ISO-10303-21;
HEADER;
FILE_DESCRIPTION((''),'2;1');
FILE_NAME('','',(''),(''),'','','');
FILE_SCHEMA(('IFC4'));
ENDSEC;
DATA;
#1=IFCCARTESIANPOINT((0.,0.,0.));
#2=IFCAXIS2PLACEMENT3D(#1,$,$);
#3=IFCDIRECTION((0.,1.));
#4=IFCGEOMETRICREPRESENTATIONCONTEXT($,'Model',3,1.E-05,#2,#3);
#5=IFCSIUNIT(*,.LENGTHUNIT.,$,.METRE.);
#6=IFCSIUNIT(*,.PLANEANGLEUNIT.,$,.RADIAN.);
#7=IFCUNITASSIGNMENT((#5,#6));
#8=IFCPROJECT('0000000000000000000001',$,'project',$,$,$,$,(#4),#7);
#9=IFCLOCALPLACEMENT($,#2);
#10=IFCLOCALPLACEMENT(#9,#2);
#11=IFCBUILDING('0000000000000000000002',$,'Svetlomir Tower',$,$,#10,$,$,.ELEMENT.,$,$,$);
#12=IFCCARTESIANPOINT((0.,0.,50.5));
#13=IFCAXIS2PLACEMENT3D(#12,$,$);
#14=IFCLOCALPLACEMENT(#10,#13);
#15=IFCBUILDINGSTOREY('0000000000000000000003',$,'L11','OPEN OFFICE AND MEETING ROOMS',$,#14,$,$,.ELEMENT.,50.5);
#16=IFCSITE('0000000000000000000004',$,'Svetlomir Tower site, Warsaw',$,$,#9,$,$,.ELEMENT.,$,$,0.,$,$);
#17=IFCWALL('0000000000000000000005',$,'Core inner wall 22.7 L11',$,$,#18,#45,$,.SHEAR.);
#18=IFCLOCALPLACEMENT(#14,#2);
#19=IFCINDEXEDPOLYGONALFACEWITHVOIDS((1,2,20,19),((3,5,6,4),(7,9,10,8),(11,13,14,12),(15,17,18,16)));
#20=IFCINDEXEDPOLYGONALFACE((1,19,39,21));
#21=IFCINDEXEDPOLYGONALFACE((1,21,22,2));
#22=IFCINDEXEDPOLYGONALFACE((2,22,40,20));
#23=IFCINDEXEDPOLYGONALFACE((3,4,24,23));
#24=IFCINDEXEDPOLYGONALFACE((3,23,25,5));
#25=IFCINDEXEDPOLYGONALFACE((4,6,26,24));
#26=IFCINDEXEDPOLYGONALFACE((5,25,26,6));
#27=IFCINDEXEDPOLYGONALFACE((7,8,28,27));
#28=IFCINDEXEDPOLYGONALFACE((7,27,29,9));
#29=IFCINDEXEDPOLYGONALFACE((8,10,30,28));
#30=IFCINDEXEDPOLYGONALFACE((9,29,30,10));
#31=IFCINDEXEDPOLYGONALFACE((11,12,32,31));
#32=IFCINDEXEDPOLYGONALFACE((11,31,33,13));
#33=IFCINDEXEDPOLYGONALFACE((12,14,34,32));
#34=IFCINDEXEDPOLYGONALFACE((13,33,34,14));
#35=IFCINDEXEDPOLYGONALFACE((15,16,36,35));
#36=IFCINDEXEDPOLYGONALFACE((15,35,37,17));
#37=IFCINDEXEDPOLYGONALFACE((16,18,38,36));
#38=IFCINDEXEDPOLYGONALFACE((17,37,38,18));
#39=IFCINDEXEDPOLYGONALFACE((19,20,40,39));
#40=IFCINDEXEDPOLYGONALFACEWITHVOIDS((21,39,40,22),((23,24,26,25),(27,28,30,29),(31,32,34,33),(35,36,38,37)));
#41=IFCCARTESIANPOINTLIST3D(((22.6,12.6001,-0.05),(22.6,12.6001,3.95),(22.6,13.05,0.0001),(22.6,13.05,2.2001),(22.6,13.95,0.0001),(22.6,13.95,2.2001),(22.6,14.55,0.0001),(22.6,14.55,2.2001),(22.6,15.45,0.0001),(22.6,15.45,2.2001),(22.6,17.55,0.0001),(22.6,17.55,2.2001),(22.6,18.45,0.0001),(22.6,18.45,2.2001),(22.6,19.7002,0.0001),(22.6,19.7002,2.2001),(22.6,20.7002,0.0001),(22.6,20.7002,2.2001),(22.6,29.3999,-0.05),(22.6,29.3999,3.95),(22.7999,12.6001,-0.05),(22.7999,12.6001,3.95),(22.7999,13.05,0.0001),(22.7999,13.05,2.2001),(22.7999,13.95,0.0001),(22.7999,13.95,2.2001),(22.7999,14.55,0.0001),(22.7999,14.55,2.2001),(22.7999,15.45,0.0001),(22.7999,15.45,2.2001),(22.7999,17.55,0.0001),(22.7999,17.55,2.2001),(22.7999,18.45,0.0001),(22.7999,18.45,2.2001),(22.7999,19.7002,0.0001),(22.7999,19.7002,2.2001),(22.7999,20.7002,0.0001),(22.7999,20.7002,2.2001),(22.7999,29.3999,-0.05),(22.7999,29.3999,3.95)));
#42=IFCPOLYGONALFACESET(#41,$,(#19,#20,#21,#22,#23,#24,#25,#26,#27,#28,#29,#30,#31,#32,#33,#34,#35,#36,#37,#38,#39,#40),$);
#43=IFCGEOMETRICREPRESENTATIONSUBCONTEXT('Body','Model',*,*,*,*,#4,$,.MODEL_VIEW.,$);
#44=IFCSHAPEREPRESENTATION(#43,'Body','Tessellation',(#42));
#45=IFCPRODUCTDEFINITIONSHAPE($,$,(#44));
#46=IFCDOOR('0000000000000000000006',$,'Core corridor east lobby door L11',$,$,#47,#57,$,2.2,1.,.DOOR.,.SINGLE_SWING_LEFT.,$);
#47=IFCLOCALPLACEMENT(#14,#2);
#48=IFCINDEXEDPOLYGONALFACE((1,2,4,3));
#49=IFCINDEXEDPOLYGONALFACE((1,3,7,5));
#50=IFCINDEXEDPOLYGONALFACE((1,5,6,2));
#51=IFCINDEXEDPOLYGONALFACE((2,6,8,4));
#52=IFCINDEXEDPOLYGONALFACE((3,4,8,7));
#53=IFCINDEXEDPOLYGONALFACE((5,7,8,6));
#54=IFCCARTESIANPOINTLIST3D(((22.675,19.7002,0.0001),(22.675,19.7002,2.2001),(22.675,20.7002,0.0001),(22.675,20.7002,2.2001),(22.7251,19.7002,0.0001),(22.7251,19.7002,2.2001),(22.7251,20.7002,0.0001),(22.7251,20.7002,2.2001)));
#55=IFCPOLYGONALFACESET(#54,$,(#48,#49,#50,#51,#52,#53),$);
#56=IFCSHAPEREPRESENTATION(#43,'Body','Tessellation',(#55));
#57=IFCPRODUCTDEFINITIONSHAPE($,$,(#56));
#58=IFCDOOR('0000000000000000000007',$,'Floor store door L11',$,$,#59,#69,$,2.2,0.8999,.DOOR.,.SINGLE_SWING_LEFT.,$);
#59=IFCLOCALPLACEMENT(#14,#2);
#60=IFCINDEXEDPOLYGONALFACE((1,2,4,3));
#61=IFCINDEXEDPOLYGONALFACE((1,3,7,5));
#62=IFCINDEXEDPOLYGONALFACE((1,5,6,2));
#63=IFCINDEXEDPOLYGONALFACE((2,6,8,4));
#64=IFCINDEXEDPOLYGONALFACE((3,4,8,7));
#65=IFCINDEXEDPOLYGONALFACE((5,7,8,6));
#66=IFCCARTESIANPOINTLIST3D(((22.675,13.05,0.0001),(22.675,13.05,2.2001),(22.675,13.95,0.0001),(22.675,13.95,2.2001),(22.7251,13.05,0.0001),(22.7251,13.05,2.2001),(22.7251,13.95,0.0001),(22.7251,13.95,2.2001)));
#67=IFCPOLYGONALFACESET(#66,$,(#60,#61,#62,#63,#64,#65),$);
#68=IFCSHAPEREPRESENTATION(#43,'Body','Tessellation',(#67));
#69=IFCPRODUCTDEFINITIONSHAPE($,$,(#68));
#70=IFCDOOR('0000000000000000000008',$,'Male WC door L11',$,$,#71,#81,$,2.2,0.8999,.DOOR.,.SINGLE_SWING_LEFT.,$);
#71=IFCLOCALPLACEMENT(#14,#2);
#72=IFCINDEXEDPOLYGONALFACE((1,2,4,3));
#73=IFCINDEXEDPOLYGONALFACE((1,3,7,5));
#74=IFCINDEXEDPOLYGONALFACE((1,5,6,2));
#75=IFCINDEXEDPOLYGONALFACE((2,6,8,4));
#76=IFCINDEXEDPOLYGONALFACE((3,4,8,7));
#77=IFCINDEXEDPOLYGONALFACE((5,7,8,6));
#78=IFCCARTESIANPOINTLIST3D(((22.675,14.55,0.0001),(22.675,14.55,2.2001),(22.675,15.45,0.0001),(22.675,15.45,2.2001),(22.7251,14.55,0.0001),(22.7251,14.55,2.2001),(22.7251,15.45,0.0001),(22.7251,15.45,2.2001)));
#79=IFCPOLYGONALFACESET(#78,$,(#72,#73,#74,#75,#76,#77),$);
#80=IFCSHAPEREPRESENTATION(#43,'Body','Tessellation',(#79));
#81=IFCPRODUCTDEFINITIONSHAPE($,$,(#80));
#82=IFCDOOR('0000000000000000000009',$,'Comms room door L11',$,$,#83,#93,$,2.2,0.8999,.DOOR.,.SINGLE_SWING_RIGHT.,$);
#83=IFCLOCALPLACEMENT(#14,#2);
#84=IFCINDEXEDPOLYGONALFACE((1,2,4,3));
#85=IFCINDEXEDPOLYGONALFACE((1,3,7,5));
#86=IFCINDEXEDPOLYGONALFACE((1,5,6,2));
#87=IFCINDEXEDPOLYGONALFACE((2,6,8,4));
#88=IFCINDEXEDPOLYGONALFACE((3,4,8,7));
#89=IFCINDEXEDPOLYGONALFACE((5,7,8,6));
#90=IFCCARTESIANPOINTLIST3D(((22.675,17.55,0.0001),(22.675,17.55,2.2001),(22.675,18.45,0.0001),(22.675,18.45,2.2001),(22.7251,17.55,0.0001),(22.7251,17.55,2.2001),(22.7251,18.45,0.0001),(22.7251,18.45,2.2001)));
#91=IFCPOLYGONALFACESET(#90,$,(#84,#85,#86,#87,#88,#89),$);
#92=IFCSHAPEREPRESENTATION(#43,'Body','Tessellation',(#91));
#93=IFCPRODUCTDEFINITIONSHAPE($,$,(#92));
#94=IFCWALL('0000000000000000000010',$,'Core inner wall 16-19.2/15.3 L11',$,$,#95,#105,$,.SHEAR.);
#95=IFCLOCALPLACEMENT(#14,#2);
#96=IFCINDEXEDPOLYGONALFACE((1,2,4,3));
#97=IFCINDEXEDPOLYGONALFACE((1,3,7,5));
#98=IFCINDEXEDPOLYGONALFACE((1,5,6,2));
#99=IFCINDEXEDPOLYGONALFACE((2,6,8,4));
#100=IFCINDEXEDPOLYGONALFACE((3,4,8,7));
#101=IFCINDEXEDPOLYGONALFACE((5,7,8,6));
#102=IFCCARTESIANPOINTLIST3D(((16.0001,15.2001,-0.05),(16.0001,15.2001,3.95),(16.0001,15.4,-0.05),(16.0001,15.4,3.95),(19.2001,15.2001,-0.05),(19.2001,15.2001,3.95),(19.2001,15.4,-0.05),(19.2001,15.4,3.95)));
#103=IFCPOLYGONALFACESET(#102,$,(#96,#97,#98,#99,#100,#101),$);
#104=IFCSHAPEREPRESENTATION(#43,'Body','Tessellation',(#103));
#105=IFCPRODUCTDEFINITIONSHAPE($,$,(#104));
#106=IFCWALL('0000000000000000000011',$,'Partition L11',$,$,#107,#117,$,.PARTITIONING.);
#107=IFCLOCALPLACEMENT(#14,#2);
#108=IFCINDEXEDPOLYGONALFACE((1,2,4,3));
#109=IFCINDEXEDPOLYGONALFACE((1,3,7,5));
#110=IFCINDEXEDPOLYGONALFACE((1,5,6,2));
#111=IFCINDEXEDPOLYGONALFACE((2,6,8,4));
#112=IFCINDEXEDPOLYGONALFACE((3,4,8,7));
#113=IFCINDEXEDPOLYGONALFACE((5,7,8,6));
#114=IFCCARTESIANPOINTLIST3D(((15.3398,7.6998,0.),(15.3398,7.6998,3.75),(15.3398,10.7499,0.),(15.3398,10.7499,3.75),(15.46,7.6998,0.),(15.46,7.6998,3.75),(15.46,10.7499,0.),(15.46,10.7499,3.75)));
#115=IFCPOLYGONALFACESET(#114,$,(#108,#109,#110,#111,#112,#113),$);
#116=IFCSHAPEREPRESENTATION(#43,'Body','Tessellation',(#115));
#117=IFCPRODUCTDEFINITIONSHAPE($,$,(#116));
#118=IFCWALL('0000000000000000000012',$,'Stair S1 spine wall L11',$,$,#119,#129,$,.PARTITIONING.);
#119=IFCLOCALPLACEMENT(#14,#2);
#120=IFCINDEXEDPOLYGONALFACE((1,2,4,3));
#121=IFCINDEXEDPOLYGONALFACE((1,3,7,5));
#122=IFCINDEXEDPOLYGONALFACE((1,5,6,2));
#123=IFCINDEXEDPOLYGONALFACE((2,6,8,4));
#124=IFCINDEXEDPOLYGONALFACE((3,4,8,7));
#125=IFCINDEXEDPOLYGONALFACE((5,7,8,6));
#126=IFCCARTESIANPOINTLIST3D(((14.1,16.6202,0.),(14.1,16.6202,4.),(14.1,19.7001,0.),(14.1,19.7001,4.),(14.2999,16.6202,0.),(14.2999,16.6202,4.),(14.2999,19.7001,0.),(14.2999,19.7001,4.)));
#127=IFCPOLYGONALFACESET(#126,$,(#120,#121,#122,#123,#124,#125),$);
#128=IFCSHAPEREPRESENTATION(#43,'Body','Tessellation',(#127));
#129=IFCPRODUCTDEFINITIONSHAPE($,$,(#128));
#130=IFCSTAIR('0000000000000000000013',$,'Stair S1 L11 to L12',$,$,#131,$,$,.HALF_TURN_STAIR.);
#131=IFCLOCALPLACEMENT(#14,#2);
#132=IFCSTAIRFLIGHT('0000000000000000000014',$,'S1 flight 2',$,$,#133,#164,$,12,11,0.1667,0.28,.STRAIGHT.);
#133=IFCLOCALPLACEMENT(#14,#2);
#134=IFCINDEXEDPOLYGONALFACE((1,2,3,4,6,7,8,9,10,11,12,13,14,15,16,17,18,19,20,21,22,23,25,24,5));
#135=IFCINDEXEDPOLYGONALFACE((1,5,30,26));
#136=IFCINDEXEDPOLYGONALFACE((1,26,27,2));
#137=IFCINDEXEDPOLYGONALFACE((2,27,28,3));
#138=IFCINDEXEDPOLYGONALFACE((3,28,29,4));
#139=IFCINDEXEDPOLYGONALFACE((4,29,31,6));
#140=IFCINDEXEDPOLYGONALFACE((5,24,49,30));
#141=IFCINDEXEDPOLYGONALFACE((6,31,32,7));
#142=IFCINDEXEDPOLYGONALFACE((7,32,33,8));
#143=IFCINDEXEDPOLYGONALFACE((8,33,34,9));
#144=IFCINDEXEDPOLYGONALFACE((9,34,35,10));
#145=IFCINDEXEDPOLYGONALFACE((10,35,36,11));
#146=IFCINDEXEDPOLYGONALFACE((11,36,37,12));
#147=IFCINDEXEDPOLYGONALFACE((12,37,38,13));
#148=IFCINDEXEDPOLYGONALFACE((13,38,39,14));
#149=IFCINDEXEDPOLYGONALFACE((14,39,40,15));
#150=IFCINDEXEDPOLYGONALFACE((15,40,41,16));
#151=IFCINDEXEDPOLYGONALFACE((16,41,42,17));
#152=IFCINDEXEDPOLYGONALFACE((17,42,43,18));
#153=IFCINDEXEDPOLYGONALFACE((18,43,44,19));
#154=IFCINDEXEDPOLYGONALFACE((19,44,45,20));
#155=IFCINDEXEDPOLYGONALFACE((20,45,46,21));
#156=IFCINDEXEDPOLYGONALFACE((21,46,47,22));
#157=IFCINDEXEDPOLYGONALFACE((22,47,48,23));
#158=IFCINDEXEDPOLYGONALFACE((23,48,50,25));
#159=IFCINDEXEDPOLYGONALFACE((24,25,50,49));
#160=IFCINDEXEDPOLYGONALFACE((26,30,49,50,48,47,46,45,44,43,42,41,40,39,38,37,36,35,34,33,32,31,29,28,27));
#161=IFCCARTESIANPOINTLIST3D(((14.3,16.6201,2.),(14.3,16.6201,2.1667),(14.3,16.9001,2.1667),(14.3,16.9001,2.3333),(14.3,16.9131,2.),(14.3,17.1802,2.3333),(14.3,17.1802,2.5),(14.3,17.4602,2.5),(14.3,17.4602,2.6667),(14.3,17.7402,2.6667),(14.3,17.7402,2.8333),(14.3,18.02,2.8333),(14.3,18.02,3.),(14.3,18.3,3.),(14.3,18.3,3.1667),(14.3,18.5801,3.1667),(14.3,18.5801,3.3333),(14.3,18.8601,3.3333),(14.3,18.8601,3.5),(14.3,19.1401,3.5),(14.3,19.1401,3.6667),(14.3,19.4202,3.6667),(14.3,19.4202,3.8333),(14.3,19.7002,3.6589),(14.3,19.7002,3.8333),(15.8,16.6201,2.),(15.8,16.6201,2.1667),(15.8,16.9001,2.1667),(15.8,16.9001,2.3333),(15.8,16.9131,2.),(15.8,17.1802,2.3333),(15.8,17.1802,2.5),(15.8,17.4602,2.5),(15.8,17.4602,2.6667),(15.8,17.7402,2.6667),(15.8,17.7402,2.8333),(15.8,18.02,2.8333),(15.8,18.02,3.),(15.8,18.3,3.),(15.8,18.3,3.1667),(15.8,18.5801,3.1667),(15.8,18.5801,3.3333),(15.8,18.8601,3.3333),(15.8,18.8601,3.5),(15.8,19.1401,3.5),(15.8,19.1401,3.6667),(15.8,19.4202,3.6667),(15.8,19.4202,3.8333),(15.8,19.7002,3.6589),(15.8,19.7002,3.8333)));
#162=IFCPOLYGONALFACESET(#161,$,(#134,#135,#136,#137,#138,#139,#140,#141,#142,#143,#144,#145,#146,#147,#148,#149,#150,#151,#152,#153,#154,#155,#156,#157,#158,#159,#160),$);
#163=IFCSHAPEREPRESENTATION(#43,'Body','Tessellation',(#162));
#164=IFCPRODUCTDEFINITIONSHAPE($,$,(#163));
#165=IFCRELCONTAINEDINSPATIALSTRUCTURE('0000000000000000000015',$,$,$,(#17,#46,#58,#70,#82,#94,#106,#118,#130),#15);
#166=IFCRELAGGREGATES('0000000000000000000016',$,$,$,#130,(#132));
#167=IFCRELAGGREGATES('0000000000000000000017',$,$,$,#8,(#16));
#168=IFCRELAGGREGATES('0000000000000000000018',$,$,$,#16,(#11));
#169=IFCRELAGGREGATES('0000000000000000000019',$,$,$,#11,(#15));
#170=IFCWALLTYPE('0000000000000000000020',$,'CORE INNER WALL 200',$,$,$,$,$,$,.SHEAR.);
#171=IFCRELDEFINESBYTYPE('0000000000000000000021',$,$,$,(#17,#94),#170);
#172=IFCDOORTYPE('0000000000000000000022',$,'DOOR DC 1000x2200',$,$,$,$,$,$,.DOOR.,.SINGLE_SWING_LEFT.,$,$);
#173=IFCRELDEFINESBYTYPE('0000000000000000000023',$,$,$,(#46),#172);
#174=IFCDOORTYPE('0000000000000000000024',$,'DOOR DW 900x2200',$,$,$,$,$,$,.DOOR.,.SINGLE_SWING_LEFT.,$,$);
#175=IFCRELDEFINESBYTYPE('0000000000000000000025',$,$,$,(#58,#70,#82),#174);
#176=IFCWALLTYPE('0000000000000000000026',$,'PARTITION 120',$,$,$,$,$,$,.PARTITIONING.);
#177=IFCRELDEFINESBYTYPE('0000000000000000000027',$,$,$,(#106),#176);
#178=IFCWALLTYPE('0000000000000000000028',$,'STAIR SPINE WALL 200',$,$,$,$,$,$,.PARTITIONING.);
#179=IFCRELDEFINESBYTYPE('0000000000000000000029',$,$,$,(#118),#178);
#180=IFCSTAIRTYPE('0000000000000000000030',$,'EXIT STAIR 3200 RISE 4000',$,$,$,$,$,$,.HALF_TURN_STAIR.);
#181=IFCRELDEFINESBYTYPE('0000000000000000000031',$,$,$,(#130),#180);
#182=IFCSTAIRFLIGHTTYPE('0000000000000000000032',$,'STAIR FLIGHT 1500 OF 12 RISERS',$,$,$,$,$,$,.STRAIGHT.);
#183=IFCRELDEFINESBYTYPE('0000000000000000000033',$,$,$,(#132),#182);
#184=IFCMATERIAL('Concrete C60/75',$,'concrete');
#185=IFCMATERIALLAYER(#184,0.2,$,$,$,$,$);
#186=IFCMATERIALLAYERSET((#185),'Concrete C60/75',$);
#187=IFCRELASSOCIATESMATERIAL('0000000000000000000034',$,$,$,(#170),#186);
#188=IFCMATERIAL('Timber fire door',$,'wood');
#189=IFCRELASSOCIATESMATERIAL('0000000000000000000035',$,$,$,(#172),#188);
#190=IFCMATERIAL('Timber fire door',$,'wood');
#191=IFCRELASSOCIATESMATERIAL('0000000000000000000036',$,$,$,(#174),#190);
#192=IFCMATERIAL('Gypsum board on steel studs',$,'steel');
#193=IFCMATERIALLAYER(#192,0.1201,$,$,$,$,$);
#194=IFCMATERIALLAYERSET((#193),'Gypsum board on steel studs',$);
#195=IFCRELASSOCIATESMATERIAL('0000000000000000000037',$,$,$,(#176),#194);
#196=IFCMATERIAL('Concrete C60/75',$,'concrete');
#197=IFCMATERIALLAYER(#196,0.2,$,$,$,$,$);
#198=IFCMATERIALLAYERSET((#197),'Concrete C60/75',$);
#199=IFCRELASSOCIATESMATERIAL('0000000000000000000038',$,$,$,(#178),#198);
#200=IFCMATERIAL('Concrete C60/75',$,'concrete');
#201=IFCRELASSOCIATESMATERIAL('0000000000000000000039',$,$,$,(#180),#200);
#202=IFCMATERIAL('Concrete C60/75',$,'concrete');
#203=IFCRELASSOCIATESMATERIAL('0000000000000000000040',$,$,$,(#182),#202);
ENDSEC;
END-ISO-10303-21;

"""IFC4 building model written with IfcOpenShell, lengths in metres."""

from ifc_helpers import new_model, si_unit, direction, frame, frame_2d, origin, place, context, subcontext, project, spatial, polyline, rectangle, outline, extrude, material, layer, layer_set, type_object, element, fill, aggregate, save


model = new_model("IFC4")

# Units and contexts
model_context = context("Model", 3, precision=1e-05, world=origin(), true_north=direction((0.0, 1.0)))
body_context = subcontext(model_context, "Body", "Model", "MODEL_VIEW")
ifc_project = project(units=[si_unit("LENGTHUNIT", "METRE"), si_unit("PLANEANGLEUNIT", "RADIAN")], contexts=[model_context])

# Site, building, storey
site_placement = place(None, origin())
site = spatial("IfcSite", under=ifc_project, at=site_placement, Name="Svetlomir Tower site, Warsaw", CompositionType="ELEMENT", RefElevation=0.0)
building_placement = place(site_placement, origin())
building = spatial("IfcBuilding", under=site, at=building_placement, Name="Svetlomir Tower", CompositionType="ELEMENT")
storey_placement = place(building_placement, frame((0.0, 0.0, 50.5)))
storey = spatial("IfcBuildingStorey", under=building, at=storey_placement, Name="L11", Description="OPEN OFFICE AND MEETING ROOMS", CompositionType="ELEMENT", Elevation=50.5)

# Shared definitions
ifc_material_1 = material(Name="Concrete C60/75", Category="concrete")
ifc_layer_1 = layer(ifc_material_1, 0.2)
ifc_layer_set_1 = layer_set([ifc_layer_1], Name="Concrete C60/75")
wall_type_1 = type_object("IfcWallType", Name="CORE INNER WALL 200", PredefinedType="SHEAR", material=ifc_layer_set_1)

# Wall, openings, doors
ifc_material_2 = material(Name="Timber fire door", Category="wood")
door_type_1 = type_object("IfcDoorType", Name="DOOR DC 1000x2200", OperationType="SINGLE_SWING_LEFT", PredefinedType="DOOR", material=ifc_material_2)
ifc_material_3 = material(Name="Timber fire door", Category="wood")
door_type_2 = type_object("IfcDoorType", Name="DOOR DW 900x2200", OperationType="SINGLE_SWING_LEFT", PredefinedType="DOOR", material=ifc_material_3)
wall_1_placement = place(storey_placement, frame((22.7, 12.6001, -0.05), z_axis=(0.0, 0.0, 1.0), x_axis=(0.0, 1.0, 0.0)))
wall_1 = element("IfcWall", 1, at=wall_1_placement, inside=storey, type_object=wall_type_1, Name="Core inner wall 22.7 L11", PredefinedType="SHEAR", context=body_context, shape_type="SweptSolid", body=[
    extrude(rectangle(XDim=16.7998, YDim=0.2, at=frame_2d((8.3999, 0.0))), origin(), (0.0, 0.0, 1.0), 4.0),
])
opening_1_placement = place(wall_1_placement, frame((0.45, 0.0, 0.05)))
opening_1 = element("IfcOpeningElement", 2, at=opening_1_placement, cuts=wall_1, PredefinedType="OPENING", context=body_context, shape_type="SweptSolid", body=[
    extrude(rectangle(XDim=0.8999, YDim=2.2, at=frame_2d((0.45, 1.1001))), frame((0.0, 0.1099, 0.0), z_axis=(0.0, -1.0, 0.0), x_axis=(1.0, 0.0, 0.0)), (0.0, 0.0, 1.0), 0.22),
])
opening_2_placement = place(wall_1_placement, frame((7.1001, 0.0, 0.05)))
opening_2 = element("IfcOpeningElement", 3, at=opening_2_placement, cuts=wall_1, PredefinedType="OPENING", context=body_context, shape_type="SweptSolid", body=[
    extrude(rectangle(XDim=1.0, YDim=2.2, at=frame_2d((0.5, 1.1001))), frame((0.0, 0.1099, 0.0), z_axis=(0.0, -1.0, 0.0), x_axis=(1.0, 0.0, 0.0)), (0.0, 0.0, 1.0), 0.22),
])
opening_3_placement = place(wall_1_placement, frame((1.95, 0.0, 0.05)))
opening_3 = element("IfcOpeningElement", 4, at=opening_3_placement, cuts=wall_1, PredefinedType="OPENING", context=body_context, shape_type="SweptSolid", body=[
    extrude(rectangle(XDim=0.8999, YDim=2.2, at=frame_2d((0.45, 1.1001))), frame((0.0, 0.1099, 0.0), z_axis=(0.0, -1.0, 0.0), x_axis=(1.0, 0.0, 0.0)), (0.0, 0.0, 1.0), 0.22),
])
opening_4_placement = place(wall_1_placement, frame((4.95, 0.0, 0.05)))
opening_4 = element("IfcOpeningElement", 5, at=opening_4_placement, cuts=wall_1, PredefinedType="OPENING", context=body_context, shape_type="SweptSolid", body=[
    extrude(rectangle(XDim=0.8999, YDim=2.2, at=frame_2d((0.45, 1.1001))), frame((0.0, 0.1099, 0.0), z_axis=(0.0, -1.0, 0.0), x_axis=(1.0, 0.0, 0.0)), (0.0, 0.0, 1.0), 0.22),
])
door_1_placement = place(opening_2_placement, origin())
door_1 = element("IfcDoor", 6, at=door_1_placement, inside=storey, type_object=door_type_1, Name="Core corridor east lobby door L11", OperationType="SINGLE_SWING_LEFT", OverallHeight=2.2, OverallWidth=1.0, PredefinedType="DOOR", context=body_context, shape_type="SweptSolid", body=[
    extrude(rectangle(XDim=1.0, YDim=2.2, at=frame_2d((0.5, 1.1001))), frame((0.0, 0.0249, 0.0), z_axis=(0.0, -1.0, 0.0), x_axis=(1.0, 0.0, 0.0)), (0.0, 0.0, 1.0), 0.05),
])
fill(opening_2, door_1)
door_2_placement = place(opening_1_placement, origin())
door_2 = element("IfcDoor", 7, at=door_2_placement, inside=storey, type_object=door_type_2, Name="Floor store door L11", OperationType="SINGLE_SWING_LEFT", OverallHeight=2.2, OverallWidth=0.8999, PredefinedType="DOOR", context=body_context, shape_type="SweptSolid", body=[
    extrude(rectangle(XDim=0.8999, YDim=2.2, at=frame_2d((0.45, 1.1001))), frame((0.0, 0.0249, 0.0), z_axis=(0.0, -1.0, 0.0), x_axis=(1.0, 0.0, 0.0)), (0.0, 0.0, 1.0), 0.05),
])
fill(opening_1, door_2)
door_3_placement = place(opening_3_placement, origin())
door_3 = element("IfcDoor", 8, at=door_3_placement, inside=storey, type_object=door_type_2, Name="Male WC door L11", OperationType="SINGLE_SWING_LEFT", OverallHeight=2.2, OverallWidth=0.8999, PredefinedType="DOOR", context=body_context, shape_type="SweptSolid", body=[
    extrude(rectangle(XDim=0.8999, YDim=2.2, at=frame_2d((0.45, 1.1001))), frame((0.0, 0.0249, 0.0), z_axis=(0.0, -1.0, 0.0), x_axis=(1.0, 0.0, 0.0)), (0.0, 0.0, 1.0), 0.05),
])
fill(opening_3, door_3)
door_4_placement = place(opening_4_placement, origin())
door_4 = element("IfcDoor", 9, at=door_4_placement, inside=storey, type_object=door_type_2, Name="Comms room door L11", OperationType="SINGLE_SWING_RIGHT", OverallHeight=2.2, OverallWidth=0.8999, PredefinedType="DOOR", context=body_context, shape_type="SweptSolid", body=[
    extrude(rectangle(XDim=0.8999, YDim=2.2, at=frame_2d((0.45, 1.1001))), frame((0.0, 0.0249, 0.0), z_axis=(0.0, -1.0, 0.0), x_axis=(1.0, 0.0, 0.0)), (0.0, 0.0, 1.0), 0.05),
])
fill(opening_4, door_4)

# Walls
wall_2_placement = place(storey_placement, frame((16.0, 15.3, -0.05), z_axis=(0.0, 0.0, 1.0), x_axis=(1.0, 0.0, 0.0)))
element("IfcWall", 10, at=wall_2_placement, inside=storey, type_object=wall_type_1, Name="Core inner wall 16-19.2/15.3 L11", PredefinedType="SHEAR", context=body_context, shape_type="SweptSolid", body=[
    extrude(rectangle(XDim=3.2, YDim=0.2, at=frame_2d((1.6001, 0.0))), origin(), (0.0, 0.0, 1.0), 4.0),
])
ifc_material_4 = material(Name="Gypsum board on steel studs", Category="steel")
ifc_layer_2 = layer(ifc_material_4, 0.1201)
ifc_layer_set_2 = layer_set([ifc_layer_2], Name="Gypsum board on steel studs")
wall_type_2 = type_object("IfcWallType", Name="PARTITION 120", PredefinedType="PARTITIONING", material=ifc_layer_set_2)
wall_3_placement = place(storey_placement, frame((15.3999, 7.7, 0.0), z_axis=(0.0, 0.0, 1.0), x_axis=(0.0, 1.0, 0.0)))
element("IfcWall", 11, at=wall_3_placement, inside=storey, type_object=wall_type_2, Name="Partition L11", PredefinedType="PARTITIONING", context=body_context, shape_type="SweptSolid", body=[
    extrude(rectangle(XDim=3.05, YDim=0.1201, at=frame_2d((1.5249, 0.0))), origin(), (0.0, 0.0, 1.0), 3.75),
])
ifc_material_5 = material(Name="Concrete C60/75", Category="concrete")
ifc_layer_3 = layer(ifc_material_5, 0.2)
ifc_layer_set_3 = layer_set([ifc_layer_3], Name="Concrete C60/75")
wall_type_3 = type_object("IfcWallType", Name="STAIR SPINE WALL 200", PredefinedType="PARTITIONING", material=ifc_layer_set_3)
wall_4_placement = place(storey_placement, frame((14.2, 16.6201, 0.0), z_axis=(0.0, 0.0, 1.0), x_axis=(0.0, 1.0, 0.0)))
element("IfcWall", 12, at=wall_4_placement, inside=storey, type_object=wall_type_3, Name="Stair S1 spine wall L11", PredefinedType="PARTITIONING", context=body_context, shape_type="SweptSolid", body=[
    extrude(rectangle(XDim=3.0798, YDim=0.2, at=frame_2d((1.54, 0.0))), origin(), (0.0, 0.0, 1.0), 4.0),
])

# Stair, stair flight
ifc_material_6 = material(Name="Concrete C60/75", Category="concrete")
stair_type = type_object("IfcStairType", Name="EXIT STAIR 3200 RISE 4000", PredefinedType="HALF_TURN_STAIR", material=ifc_material_6)
stair_placement = place(storey_placement, origin())
stair = element("IfcStair", 13, at=stair_placement, inside=storey, type_object=stair_type, Name="Stair S1 L11 to L12", PredefinedType="HALF_TURN_STAIR")
ifc_material_7 = material(Name="Concrete C60/75", Category="concrete")
stair_flight_type = type_object("IfcStairFlightType", Name="STAIR FLIGHT 1500 OF 12 RISERS", PredefinedType="STRAIGHT", material=ifc_material_7)
stair_flight_placement = place(storey_placement, frame((15.05, 16.6201, 2.0), z_axis=(0.0, 0.0, 1.0), x_axis=(0.0, 1.0, 0.0)))
stair_flight = element("IfcStairFlight", 14, at=stair_flight_placement, type_object=stair_flight_type, Name="S1 flight 2", NumberOfRisers=12, NumberOfTreads=11, PredefinedType="STRAIGHT", RiserHeight=0.1667, TreadLength=0.28, context=body_context, shape_type="SweptSolid", body=[
    extrude(outline(polyline([(0.0, 0.0), (0.0, 0.1667), (0.28, 0.1667), (0.28, 0.3333), (0.5601, 0.3333), (0.5601, 0.5), (0.8401, 0.5), (0.8401, 0.6667), (1.1201, 0.6667), (1.1201, 0.8333), (1.3999, 0.8333), (1.3999, 1.0), (1.6799, 1.0), (1.6799, 1.1667), (1.96, 1.1667), (1.96, 1.3333), (2.24, 1.3333), (2.24, 1.5), (2.52, 1.5), (2.52, 1.6667), (2.8, 1.6667), (2.8, 1.8333), (3.0801, 1.8333), (3.0801, 2.0), (3.0801, 1.6589), (0.293, 0.0), (0.0, 0.0)])), frame((0.0, 0.75, 0.0), z_axis=(0.0, -1.0, 0.0), x_axis=(1.0, 0.0, 0.0)), (0.0, 0.0, 1.0), 1.5),
])
aggregate(stair, [stair_flight])

save(model, "model.ifc")
